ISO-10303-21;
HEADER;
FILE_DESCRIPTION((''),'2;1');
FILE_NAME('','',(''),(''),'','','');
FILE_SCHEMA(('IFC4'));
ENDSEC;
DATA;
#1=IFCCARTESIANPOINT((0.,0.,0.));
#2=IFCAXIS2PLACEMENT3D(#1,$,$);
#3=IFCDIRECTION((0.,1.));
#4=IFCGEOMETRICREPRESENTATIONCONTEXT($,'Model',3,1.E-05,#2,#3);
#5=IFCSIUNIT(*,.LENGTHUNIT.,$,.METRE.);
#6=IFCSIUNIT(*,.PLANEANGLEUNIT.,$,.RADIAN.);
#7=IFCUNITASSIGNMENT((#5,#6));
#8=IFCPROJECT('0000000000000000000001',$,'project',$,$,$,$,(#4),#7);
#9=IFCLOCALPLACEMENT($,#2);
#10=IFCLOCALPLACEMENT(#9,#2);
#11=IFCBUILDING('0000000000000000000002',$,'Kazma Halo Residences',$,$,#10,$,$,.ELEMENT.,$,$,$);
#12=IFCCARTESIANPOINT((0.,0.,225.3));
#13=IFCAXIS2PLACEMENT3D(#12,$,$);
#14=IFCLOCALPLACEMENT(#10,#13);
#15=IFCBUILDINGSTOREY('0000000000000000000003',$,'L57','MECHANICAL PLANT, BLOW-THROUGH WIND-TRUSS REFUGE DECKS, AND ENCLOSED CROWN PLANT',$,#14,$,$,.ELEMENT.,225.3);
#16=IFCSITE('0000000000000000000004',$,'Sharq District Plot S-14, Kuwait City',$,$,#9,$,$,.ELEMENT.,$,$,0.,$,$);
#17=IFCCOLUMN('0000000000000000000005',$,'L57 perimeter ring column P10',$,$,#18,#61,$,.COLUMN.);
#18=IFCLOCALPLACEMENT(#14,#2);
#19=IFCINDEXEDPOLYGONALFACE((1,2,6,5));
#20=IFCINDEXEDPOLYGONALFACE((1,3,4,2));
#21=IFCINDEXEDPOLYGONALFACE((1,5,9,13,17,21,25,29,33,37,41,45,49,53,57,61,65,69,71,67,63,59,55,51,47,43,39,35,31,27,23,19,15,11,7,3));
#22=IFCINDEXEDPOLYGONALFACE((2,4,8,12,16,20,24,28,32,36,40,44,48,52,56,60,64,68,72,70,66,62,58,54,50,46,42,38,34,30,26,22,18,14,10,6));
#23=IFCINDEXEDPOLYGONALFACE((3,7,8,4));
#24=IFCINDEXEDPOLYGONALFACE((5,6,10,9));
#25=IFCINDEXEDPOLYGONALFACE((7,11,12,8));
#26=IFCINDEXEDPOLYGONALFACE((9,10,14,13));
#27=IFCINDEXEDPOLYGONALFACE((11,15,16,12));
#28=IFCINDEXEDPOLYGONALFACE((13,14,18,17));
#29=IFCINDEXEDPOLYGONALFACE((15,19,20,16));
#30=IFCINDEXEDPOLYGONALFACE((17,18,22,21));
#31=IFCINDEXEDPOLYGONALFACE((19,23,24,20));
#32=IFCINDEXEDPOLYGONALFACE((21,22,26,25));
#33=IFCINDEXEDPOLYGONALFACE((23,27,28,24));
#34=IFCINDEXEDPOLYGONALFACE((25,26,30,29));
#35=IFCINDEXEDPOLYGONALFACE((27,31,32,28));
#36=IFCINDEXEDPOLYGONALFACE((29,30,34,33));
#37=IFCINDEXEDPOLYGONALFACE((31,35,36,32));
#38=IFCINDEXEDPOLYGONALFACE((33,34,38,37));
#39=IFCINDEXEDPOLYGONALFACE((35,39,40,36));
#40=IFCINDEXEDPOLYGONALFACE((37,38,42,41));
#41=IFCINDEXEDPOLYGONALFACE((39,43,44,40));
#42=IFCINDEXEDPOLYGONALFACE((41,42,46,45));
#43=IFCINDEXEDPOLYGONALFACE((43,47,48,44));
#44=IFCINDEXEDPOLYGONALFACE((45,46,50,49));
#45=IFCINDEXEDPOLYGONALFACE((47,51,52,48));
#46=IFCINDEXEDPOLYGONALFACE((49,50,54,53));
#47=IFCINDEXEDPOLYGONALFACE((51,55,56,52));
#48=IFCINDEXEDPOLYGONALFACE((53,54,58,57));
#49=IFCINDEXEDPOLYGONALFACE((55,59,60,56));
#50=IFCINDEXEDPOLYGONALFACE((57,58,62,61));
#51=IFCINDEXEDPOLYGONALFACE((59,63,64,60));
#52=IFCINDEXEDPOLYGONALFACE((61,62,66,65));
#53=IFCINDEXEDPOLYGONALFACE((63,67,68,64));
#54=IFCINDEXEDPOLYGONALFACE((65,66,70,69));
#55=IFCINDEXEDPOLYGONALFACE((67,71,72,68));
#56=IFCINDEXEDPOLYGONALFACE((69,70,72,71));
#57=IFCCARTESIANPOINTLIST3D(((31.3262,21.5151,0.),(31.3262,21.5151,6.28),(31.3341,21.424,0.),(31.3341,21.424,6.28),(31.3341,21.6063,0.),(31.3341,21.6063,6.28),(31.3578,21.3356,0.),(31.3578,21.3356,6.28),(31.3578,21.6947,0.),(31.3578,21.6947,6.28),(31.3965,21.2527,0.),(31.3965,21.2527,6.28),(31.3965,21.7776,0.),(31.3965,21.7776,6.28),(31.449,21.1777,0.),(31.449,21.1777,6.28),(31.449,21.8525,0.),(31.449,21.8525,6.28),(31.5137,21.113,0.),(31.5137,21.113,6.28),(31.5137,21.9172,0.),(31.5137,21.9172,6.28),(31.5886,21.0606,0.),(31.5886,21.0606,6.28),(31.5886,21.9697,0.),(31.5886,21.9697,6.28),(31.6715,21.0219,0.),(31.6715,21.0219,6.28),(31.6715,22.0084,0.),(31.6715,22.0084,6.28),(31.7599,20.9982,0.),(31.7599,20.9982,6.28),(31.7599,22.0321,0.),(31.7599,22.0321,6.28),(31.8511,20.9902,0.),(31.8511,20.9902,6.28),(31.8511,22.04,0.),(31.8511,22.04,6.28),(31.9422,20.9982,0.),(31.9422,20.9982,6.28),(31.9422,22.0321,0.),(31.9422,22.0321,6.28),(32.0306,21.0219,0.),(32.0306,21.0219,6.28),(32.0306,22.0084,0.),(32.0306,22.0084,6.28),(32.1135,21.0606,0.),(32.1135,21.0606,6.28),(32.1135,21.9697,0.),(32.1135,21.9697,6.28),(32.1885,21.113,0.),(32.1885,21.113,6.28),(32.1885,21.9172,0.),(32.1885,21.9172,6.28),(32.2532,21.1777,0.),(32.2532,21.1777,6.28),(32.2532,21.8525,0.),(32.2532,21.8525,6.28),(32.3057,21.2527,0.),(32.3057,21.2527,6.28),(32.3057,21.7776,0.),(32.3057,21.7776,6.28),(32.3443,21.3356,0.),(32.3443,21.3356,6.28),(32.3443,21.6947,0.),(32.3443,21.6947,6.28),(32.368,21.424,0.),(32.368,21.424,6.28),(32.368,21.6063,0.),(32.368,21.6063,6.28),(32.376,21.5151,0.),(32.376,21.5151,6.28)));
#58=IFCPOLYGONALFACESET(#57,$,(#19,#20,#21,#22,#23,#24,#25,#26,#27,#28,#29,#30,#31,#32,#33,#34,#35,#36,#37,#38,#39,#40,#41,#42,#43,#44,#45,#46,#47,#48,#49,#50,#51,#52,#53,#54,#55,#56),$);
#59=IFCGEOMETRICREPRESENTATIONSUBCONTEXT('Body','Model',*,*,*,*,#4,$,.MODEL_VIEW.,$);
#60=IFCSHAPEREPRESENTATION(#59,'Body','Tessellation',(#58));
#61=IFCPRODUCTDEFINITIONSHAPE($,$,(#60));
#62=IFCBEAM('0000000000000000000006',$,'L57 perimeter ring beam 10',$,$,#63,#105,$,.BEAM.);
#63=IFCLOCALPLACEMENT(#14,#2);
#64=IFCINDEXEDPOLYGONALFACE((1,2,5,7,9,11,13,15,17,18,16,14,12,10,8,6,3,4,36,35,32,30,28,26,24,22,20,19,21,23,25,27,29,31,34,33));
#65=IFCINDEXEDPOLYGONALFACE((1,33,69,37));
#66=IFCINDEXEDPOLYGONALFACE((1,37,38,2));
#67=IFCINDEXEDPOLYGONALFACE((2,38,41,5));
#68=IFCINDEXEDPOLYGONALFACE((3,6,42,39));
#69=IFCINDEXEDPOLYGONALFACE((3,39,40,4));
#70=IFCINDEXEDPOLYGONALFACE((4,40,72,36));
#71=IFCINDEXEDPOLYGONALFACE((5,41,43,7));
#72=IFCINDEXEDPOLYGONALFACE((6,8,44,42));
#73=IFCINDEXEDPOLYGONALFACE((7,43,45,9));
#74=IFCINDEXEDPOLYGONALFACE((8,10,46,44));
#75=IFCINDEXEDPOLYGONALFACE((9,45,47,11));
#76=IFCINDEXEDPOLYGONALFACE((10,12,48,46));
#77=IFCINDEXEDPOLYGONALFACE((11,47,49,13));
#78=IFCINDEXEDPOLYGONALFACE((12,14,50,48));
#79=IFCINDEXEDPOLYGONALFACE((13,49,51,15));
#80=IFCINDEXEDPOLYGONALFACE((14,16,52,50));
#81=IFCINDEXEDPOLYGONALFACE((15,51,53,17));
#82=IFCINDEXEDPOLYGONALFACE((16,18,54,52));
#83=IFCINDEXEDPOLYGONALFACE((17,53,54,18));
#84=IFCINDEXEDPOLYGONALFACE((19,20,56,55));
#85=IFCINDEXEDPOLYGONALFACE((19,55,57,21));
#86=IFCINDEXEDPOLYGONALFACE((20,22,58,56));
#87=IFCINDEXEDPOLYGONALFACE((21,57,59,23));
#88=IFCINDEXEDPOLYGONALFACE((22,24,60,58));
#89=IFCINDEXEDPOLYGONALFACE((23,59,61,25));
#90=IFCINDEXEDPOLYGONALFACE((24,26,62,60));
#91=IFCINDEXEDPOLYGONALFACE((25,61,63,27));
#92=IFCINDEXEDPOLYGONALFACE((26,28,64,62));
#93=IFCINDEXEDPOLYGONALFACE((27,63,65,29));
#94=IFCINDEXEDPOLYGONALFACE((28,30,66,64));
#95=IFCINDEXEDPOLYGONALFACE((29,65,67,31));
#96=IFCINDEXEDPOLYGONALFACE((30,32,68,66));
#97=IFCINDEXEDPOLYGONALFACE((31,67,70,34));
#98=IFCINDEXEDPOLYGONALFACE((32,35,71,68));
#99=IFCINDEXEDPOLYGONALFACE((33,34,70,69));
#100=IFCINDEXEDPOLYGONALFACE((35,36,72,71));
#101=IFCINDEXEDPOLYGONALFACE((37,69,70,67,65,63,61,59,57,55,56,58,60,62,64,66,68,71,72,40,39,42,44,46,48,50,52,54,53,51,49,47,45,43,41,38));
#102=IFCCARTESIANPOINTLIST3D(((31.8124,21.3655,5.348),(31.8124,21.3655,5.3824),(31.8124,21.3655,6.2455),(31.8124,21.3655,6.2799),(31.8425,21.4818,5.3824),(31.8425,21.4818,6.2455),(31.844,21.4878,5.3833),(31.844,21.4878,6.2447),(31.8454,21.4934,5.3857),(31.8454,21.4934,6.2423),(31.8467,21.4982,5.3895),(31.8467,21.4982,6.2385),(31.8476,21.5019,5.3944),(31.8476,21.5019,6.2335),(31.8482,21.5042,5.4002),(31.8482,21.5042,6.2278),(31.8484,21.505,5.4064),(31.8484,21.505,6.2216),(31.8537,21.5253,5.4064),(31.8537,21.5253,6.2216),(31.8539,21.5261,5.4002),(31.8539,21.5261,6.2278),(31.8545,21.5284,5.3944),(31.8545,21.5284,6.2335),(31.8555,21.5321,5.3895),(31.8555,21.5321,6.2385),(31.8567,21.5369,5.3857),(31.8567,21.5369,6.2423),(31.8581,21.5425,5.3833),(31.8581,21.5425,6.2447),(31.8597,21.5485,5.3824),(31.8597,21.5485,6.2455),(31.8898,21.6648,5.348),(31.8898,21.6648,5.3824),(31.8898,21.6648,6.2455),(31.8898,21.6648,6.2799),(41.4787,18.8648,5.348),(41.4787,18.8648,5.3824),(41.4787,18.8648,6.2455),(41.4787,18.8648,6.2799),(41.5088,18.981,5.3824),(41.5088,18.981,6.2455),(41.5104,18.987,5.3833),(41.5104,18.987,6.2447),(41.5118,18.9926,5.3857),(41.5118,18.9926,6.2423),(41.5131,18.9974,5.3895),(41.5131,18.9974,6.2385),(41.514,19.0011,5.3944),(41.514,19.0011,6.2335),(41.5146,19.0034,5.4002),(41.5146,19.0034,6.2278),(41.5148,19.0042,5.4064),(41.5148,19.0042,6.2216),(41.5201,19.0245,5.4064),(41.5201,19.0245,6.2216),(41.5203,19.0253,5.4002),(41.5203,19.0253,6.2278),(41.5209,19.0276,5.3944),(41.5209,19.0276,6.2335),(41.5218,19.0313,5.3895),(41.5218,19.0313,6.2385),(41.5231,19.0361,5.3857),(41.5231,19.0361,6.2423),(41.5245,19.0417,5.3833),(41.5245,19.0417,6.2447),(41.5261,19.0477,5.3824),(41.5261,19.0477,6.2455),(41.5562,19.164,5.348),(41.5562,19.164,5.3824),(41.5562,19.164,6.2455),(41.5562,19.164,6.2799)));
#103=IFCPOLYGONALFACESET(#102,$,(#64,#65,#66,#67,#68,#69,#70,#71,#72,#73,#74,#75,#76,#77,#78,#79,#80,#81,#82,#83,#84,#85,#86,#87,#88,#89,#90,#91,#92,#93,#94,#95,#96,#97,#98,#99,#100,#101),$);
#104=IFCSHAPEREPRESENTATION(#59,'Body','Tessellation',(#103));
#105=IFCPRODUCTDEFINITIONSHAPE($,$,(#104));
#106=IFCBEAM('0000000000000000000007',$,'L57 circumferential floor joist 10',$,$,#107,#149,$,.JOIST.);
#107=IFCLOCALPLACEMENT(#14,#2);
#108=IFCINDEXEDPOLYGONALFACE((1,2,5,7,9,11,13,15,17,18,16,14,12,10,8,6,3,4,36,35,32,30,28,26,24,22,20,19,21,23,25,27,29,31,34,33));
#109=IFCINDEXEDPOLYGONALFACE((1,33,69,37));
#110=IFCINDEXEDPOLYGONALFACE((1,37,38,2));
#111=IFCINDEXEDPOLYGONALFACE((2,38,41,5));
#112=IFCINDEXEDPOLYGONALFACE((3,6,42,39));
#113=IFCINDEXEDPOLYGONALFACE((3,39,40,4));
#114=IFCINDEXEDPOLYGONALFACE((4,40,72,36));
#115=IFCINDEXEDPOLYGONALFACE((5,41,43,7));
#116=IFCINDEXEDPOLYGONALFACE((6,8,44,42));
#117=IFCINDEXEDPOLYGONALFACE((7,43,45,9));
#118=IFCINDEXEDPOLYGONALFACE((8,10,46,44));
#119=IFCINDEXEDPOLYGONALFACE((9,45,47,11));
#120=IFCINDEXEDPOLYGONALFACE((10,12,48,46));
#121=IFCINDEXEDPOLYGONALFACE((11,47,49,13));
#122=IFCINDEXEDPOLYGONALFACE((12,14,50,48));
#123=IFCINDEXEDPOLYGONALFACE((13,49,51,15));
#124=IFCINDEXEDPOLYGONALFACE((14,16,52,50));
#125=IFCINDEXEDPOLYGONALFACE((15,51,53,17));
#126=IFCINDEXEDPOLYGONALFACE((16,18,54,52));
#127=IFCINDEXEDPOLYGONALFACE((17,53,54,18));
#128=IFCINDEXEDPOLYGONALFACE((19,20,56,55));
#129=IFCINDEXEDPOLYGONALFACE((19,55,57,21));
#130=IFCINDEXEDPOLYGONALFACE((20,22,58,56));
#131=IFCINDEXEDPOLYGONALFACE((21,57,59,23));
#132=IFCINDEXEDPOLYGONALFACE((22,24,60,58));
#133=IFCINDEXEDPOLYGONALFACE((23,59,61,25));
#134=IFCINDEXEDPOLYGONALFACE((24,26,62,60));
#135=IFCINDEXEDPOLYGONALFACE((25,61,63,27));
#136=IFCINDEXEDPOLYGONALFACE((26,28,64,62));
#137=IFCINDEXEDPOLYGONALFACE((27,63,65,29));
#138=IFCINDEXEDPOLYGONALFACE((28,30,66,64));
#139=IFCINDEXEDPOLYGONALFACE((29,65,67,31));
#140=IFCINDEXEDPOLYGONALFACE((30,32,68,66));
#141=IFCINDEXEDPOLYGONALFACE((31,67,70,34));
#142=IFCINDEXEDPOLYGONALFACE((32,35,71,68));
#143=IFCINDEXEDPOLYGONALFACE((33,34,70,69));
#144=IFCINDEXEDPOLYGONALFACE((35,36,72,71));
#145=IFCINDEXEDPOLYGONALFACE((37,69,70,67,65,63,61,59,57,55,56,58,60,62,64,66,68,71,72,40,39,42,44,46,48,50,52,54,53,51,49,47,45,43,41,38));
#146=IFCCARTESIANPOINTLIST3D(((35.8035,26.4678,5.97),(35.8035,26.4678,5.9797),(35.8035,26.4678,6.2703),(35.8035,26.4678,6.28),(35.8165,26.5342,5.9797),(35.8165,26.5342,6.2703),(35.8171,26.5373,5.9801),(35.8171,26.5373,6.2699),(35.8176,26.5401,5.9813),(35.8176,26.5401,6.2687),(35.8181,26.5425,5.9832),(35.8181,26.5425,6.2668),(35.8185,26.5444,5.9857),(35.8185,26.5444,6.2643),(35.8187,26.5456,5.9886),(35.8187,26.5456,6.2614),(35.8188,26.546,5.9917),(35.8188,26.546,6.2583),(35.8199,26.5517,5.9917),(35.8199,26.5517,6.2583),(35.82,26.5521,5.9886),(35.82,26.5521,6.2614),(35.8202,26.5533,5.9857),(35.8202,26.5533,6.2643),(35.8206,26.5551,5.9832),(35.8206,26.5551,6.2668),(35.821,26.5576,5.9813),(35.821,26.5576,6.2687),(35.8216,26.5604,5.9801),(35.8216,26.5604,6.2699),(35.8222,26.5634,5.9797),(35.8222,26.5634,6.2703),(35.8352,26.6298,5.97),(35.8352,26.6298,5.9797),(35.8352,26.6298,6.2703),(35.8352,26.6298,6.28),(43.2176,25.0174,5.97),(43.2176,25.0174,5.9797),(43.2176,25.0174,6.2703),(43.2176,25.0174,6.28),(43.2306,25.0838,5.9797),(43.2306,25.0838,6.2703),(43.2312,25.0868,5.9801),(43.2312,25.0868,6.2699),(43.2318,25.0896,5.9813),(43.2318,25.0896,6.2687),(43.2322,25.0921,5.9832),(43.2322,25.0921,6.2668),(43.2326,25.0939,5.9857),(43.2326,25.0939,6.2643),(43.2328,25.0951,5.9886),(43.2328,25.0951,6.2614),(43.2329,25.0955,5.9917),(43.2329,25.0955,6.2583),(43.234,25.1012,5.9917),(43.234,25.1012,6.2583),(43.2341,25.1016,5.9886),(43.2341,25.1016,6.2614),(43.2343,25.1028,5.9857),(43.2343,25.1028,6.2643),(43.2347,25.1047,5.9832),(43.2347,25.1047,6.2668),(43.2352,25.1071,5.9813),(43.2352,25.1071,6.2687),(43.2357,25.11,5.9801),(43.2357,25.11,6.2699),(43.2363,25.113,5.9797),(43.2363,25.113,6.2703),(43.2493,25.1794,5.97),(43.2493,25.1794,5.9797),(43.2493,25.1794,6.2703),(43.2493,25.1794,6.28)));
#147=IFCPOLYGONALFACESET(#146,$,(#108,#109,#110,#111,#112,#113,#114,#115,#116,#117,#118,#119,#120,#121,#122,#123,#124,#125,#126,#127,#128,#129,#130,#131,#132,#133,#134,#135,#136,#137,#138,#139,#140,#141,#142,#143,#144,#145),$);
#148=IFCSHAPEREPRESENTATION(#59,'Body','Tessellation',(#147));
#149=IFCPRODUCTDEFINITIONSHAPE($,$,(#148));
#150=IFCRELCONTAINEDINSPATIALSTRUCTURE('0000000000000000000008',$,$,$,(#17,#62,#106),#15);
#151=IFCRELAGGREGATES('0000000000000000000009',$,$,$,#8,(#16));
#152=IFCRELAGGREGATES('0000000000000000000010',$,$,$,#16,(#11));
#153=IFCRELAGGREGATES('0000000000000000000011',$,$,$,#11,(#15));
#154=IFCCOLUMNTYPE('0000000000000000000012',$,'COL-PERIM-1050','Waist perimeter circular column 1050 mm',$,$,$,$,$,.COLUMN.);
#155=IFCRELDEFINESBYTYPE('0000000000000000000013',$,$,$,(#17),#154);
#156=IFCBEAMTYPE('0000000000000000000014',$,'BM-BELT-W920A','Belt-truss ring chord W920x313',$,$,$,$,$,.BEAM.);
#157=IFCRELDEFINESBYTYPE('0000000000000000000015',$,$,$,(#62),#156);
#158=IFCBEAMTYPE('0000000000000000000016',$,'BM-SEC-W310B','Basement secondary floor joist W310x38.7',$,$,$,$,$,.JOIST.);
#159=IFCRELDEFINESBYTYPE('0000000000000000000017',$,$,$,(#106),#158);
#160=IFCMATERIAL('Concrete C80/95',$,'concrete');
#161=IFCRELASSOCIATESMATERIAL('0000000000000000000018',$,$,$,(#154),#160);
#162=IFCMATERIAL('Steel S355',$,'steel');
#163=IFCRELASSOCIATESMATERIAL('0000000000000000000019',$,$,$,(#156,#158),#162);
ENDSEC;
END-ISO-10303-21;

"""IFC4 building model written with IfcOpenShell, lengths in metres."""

from ifc_helpers import new_model, si_unit, direction, frame, origin, origin_2d, place, context, subcontext, project, spatial, circle, i_section, extrude, material, material_profile, profile_set, type_object, element, save


model = new_model("IFC4")

# Units and contexts
model_context = context("Model", 3, precision=1e-05, world=origin(), true_north=direction((0.0, 1.0)))
body_context = subcontext(model_context, "Body", "Model", "MODEL_VIEW")
ifc_project = project(units=[si_unit("LENGTHUNIT", "METRE"), si_unit("PLANEANGLEUNIT", "RADIAN")], contexts=[model_context])

# Site, building, storey
site_placement = place(None, origin())
site = spatial("IfcSite", under=ifc_project, at=site_placement, Name="Sharq District Plot S-14, Kuwait City", CompositionType="ELEMENT", RefElevation=0.0)
building_placement = place(site_placement, origin())
building = spatial("IfcBuilding", under=site, at=building_placement, Name="Kazma Halo Residences", CompositionType="ELEMENT")
storey_placement = place(building_placement, frame((0.0, 0.0, 225.3)))
storey = spatial("IfcBuildingStorey", under=building, at=storey_placement, Name="L57", Description="MECHANICAL PLANT, BLOW-THROUGH WIND-TRUSS REFUGE DECKS, AND ENCLOSED CROWN PLANT", CompositionType="ELEMENT", Elevation=225.3)

# Column
ifc_material_1 = material(Name="Concrete C80/95", Category="concrete")
ifc_material_profile_1 = material_profile(ifc_material_1, circle(Radius=0.5249, at=origin_2d()), Name="CIRC1050")
ifc_profile_set_1 = profile_set([ifc_material_profile_1], Name="Concrete C80/95")
column_type = type_object("IfcColumnType", Name="COL-PERIM-1050", Description="Waist perimeter circular column 1050 mm", PredefinedType="COLUMN", material=ifc_profile_set_1)
column_placement = place(storey_placement, frame((31.8511, 21.5151, 0.0), z_axis=(0.0, 0.0, 1.0), x_axis=(1.0, 0.0, 0.0)))
element("IfcColumn", 1, at=column_placement, inside=storey, type_object=column_type, Name="L57 perimeter ring column P10", PredefinedType="COLUMN", context=body_context, shape_type="SweptSolid", body=[
    extrude(circle(Radius=0.5249, at=origin_2d()), origin(), (0.0, 0.0, 1.0), 6.28),
])

# Beams
ifc_material_2 = material(Name="Steel S355", Category="steel")
ifc_material_profile_2 = material_profile(ifc_material_2, i_section(OverallWidth=0.3091, OverallDepth=0.9319, WebThickness=0.021, FlangeThickness=0.0344, FilletRadius=0.0239, at=origin_2d()), Name="W920x313")
ifc_profile_set_2 = profile_set([ifc_material_profile_2], Name="Steel S355")
beam_type_1 = type_object("IfcBeamType", Name="BM-BELT-W920A", Description="Belt-truss ring chord W920x313", PredefinedType="BEAM", material=ifc_profile_set_2)
beam_1_placement = place(storey_placement, frame((31.8511, 21.5151, 5.814), z_axis=(0.968127, -0.250461, 0.0), x_axis=(0.250461, 0.968127, 0.0)))
element("IfcBeam", 2, at=beam_1_placement, inside=storey, type_object=beam_type_1, Name="L57 perimeter ring beam 10", PredefinedType="BEAM", context=body_context, shape_type="SweptSolid", body=[
    extrude(i_section(OverallWidth=0.3091, OverallDepth=0.9319, WebThickness=0.021, FlangeThickness=0.0344, FilletRadius=0.0239, at=origin_2d()), origin(), (0.0, 0.0, 1.0), 9.9846),
])
ifc_material_profile_3 = material_profile(ifc_material_2, i_section(OverallWidth=0.165, OverallDepth=0.3101, WebThickness=0.0059, FlangeThickness=0.0098, FilletRadius=0.012, at=origin_2d()), Name="W310x38.7")
ifc_profile_set_3 = profile_set([ifc_material_profile_3], Name="Steel S355")
beam_type_2 = type_object("IfcBeamType", Name="BM-SEC-W310B", Description="Basement secondary floor joist W310x38.7", PredefinedType="JOIST", material=ifc_profile_set_3)
beam_2_placement = place(storey_placement, frame((35.8193, 26.5488, 6.125), z_axis=(0.981396, -0.191994, 0.0), x_axis=(0.191994, 0.981396, 0.0)))
element("IfcBeam", 3, at=beam_2_placement, inside=storey, type_object=beam_type_2, Name="L57 circumferential floor joist 10", PredefinedType="JOIST", context=body_context, shape_type="SweptSolid", body=[
    extrude(i_section(OverallWidth=0.165, OverallDepth=0.3101, WebThickness=0.0059, FlangeThickness=0.0098, FilletRadius=0.012, at=origin_2d()), origin(), (0.0, 0.0, 1.0), 7.5547),
])

save(model, "model.ifc")
